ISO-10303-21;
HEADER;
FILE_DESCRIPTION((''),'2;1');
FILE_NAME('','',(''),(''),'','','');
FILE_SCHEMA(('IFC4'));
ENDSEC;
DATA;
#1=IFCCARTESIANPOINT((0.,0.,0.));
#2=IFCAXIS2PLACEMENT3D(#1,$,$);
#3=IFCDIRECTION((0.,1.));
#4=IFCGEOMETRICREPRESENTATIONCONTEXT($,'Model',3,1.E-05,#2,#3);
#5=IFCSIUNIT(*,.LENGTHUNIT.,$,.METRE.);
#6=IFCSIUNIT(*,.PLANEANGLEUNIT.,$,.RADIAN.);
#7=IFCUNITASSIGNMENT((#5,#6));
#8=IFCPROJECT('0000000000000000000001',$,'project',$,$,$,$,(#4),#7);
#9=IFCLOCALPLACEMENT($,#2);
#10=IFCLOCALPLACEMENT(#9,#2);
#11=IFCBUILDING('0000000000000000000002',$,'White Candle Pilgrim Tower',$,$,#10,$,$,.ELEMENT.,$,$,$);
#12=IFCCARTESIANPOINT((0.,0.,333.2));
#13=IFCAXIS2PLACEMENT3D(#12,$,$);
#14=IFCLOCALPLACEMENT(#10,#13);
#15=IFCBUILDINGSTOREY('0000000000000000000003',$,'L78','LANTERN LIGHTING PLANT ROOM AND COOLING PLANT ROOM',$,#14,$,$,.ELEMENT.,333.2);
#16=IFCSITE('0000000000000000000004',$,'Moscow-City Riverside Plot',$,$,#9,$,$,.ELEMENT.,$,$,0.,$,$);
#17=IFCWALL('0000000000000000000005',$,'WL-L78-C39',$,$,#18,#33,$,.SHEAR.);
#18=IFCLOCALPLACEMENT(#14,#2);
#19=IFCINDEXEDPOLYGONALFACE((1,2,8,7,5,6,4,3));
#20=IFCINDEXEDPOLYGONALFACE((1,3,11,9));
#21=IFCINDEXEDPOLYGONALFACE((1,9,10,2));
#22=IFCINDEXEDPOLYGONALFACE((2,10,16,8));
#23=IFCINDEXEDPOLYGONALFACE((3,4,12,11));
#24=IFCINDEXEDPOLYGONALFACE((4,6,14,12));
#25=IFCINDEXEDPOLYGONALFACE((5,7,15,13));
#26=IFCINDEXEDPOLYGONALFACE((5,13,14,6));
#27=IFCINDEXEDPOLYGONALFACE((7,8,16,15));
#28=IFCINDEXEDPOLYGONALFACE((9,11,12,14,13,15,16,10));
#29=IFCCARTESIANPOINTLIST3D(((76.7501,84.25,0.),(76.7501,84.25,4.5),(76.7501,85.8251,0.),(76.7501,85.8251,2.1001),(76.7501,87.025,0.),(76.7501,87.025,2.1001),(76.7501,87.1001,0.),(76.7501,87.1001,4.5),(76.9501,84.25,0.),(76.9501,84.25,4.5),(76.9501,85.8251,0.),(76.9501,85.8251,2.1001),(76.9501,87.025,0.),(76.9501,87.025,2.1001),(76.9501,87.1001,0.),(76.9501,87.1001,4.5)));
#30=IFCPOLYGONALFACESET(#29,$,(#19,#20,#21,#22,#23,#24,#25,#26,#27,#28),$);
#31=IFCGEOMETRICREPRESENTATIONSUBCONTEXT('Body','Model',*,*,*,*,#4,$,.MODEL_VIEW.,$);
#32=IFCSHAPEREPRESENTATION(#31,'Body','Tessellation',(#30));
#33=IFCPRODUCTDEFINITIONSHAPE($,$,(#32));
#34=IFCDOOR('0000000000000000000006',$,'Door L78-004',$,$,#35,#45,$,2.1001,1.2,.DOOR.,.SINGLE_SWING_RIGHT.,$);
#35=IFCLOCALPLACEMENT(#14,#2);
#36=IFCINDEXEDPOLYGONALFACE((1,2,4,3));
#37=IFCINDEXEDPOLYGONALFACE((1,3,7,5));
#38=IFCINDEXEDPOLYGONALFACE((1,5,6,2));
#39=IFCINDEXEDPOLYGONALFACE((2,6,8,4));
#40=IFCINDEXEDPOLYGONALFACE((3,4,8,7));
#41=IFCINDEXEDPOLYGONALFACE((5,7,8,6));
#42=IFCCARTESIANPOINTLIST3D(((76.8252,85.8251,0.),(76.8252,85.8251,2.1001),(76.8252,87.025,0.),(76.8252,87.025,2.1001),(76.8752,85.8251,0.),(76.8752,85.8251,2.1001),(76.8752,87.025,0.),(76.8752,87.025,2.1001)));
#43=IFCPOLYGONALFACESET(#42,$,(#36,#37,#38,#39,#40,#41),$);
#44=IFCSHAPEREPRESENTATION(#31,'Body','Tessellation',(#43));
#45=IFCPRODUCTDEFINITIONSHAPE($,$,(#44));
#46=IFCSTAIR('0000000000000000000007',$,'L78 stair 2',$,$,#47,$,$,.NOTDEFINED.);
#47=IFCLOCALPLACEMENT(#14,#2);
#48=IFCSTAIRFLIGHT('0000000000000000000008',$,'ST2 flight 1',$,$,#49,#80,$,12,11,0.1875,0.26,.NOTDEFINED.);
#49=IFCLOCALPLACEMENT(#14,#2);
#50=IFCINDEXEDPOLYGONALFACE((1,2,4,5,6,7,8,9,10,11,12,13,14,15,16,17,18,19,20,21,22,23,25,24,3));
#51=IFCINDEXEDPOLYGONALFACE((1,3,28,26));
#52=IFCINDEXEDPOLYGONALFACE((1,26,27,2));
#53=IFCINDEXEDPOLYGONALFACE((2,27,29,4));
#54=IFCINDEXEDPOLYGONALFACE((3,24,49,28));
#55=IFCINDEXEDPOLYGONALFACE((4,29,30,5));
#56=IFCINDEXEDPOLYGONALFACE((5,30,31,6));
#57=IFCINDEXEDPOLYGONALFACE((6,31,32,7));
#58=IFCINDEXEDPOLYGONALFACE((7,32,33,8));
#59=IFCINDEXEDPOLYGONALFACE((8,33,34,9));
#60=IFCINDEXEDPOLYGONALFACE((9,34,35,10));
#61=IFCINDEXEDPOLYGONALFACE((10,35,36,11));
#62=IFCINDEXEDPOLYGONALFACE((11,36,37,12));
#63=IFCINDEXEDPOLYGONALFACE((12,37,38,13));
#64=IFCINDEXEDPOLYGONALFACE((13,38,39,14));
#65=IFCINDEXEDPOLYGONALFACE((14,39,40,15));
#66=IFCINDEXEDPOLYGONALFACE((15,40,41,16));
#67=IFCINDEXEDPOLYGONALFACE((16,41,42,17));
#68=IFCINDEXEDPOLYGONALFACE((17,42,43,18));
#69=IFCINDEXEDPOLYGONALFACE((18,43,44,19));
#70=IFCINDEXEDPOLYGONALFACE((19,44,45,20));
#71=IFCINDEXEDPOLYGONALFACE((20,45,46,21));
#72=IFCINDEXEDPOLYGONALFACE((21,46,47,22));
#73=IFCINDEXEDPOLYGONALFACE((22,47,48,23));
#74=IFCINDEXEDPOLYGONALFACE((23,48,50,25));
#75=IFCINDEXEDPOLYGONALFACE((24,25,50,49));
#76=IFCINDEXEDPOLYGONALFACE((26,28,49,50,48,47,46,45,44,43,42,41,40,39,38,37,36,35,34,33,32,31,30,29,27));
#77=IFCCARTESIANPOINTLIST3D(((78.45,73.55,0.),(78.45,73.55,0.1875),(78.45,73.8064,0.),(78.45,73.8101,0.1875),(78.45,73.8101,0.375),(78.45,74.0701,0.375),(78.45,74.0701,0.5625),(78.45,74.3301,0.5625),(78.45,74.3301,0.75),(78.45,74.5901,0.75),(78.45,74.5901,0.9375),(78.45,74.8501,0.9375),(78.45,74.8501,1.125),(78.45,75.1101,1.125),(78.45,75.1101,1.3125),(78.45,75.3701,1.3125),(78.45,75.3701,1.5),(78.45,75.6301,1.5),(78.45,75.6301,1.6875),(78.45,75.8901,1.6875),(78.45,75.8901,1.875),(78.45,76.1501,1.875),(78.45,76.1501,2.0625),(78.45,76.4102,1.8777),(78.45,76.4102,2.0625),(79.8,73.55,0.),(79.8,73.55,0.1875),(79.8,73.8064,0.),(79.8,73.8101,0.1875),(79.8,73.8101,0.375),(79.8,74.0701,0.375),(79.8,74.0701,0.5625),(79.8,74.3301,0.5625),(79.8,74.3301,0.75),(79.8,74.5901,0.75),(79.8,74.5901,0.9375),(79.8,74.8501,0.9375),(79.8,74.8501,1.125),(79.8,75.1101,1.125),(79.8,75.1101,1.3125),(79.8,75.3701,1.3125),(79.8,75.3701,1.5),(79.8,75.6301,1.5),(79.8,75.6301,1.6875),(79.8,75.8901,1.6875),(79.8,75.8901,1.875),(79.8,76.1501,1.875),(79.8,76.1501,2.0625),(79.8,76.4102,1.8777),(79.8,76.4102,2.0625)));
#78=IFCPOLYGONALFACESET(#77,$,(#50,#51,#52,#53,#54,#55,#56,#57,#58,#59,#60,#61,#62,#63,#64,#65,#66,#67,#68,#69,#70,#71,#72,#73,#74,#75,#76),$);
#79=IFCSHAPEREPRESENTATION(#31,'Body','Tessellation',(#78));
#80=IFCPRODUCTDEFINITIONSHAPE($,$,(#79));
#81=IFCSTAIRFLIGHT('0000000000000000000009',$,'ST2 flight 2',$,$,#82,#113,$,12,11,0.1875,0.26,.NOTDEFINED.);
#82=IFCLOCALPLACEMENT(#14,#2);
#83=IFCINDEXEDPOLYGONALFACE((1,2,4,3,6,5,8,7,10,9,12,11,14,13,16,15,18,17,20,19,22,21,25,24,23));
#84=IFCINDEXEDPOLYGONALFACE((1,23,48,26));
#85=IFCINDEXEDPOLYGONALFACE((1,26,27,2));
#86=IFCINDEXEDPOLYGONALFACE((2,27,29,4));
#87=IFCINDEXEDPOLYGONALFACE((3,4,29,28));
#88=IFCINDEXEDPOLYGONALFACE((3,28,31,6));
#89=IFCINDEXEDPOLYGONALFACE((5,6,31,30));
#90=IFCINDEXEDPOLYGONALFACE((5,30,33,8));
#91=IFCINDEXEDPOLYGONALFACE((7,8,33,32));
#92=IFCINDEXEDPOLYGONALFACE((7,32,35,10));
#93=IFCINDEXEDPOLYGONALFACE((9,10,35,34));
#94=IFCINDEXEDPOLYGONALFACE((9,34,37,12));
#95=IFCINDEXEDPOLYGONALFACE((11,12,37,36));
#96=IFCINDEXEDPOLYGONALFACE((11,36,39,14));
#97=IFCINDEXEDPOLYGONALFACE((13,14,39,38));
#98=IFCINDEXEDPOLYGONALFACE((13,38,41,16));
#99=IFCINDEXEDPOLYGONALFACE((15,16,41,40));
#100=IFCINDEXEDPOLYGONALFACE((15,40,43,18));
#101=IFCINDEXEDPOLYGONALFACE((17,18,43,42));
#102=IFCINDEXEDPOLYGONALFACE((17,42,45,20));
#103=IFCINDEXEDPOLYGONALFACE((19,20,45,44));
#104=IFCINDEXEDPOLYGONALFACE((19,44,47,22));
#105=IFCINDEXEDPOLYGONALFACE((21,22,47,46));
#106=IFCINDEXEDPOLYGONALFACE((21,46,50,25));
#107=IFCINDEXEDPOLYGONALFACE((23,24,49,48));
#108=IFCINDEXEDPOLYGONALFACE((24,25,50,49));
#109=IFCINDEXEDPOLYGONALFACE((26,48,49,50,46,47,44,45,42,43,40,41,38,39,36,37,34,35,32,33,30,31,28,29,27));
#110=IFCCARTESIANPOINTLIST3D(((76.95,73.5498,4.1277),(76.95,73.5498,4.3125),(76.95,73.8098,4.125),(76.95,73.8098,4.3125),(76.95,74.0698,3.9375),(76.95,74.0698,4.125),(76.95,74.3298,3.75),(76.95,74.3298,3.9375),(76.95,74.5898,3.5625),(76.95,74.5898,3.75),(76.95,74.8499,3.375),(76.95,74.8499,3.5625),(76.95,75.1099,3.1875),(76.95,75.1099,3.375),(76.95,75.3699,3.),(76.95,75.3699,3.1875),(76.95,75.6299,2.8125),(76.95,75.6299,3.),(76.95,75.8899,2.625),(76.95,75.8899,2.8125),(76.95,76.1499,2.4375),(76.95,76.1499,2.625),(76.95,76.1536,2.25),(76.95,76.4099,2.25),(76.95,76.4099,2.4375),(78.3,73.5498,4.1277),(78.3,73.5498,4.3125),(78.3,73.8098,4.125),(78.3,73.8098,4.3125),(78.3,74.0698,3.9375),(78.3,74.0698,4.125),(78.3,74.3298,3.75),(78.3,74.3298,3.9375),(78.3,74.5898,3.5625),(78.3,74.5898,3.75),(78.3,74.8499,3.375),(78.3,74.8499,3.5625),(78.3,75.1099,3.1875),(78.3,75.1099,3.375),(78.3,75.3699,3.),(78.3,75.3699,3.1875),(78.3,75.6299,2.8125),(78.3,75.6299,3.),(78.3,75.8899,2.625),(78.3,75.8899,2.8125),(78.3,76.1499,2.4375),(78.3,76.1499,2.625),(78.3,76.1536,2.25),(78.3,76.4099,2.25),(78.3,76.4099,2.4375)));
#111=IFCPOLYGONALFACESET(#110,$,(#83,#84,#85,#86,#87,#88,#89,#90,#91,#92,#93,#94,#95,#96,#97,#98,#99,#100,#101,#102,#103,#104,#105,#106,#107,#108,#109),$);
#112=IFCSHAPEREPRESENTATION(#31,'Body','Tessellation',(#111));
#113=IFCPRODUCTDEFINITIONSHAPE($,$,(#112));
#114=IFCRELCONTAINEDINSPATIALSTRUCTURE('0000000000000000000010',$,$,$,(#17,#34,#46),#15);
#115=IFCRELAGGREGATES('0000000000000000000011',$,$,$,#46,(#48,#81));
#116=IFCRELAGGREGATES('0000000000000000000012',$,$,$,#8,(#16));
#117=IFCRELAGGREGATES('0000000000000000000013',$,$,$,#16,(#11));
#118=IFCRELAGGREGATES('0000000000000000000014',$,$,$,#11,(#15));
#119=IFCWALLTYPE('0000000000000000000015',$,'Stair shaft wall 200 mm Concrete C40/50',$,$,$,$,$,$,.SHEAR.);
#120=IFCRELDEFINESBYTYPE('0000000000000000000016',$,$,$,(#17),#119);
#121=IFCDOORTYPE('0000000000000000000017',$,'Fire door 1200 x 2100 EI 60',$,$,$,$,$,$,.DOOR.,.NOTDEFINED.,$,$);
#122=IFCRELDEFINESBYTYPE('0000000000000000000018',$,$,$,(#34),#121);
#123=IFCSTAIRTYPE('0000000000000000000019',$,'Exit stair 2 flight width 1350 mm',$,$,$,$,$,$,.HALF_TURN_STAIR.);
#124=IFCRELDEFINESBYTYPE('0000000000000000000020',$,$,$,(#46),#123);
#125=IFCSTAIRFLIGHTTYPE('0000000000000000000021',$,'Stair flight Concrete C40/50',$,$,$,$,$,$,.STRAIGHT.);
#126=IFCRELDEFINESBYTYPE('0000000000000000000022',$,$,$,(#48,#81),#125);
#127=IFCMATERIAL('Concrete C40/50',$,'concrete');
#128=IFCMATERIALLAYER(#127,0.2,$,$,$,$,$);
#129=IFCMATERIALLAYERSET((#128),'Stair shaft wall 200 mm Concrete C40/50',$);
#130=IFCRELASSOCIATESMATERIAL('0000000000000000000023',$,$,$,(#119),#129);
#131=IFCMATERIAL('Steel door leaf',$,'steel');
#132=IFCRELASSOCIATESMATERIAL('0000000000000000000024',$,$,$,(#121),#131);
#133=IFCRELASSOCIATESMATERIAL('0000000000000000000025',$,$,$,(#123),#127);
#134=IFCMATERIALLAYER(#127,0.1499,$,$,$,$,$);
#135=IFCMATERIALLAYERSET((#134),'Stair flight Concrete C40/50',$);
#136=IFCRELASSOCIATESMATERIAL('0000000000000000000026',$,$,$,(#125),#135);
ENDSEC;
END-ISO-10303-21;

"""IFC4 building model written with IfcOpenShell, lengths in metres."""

from ifc_helpers import new_model, si_unit, direction, frame, frame_2d, origin, place, context, subcontext, project, spatial, polyline, rectangle, outline, extrude, material, layer, layer_set, type_object, element, fill, aggregate, save


model = new_model("IFC4")

# Units and contexts
model_context = context("Model", 3, precision=1e-05, world=origin(), true_north=direction((0.0, 1.0)))
body_context = subcontext(model_context, "Body", "Model", "MODEL_VIEW")
ifc_project = project(units=[si_unit("LENGTHUNIT", "METRE"), si_unit("PLANEANGLEUNIT", "RADIAN")], contexts=[model_context])

# Site, building, storey
site_placement = place(None, origin())
site = spatial("IfcSite", under=ifc_project, at=site_placement, Name="Moscow-City Riverside Plot", CompositionType="ELEMENT", RefElevation=0.0)
building_placement = place(site_placement, origin())
building = spatial("IfcBuilding", under=site, at=building_placement, Name="White Candle Pilgrim Tower", CompositionType="ELEMENT")
storey_placement = place(building_placement, frame((0.0, 0.0, 333.2)))
storey = spatial("IfcBuildingStorey", under=building, at=storey_placement, Name="L78", Description="LANTERN LIGHTING PLANT ROOM AND COOLING PLANT ROOM", CompositionType="ELEMENT", Elevation=333.2)

# Shared definitions
ifc_material_1 = material(Name="Concrete C40/50", Category="concrete")

# Shared definitions
ifc_material_2 = material(Name="Steel door leaf", Category="steel")

# Wall, opening, door
ifc_layer_1 = layer(ifc_material_1, 0.2)
ifc_layer_set_1 = layer_set([ifc_layer_1], Name="Stair shaft wall 200 mm Concrete C40/50")
wall_type_1 = type_object("IfcWallType", Name="Stair shaft wall 200 mm Concrete C40/50", PredefinedType="SHEAR", material=ifc_layer_set_1)
wall_1_placement = place(storey_placement, frame((76.8501, 84.25, 0.0), z_axis=(0.0, 0.0, 1.0), x_axis=(0.0, 1.0, 0.0)))
wall_1 = element("IfcWall", 1, at=wall_1_placement, inside=storey, type_object=wall_type_1, Name="WL-L78-C39", PredefinedType="SHEAR", context=body_context, shape_type="SweptSolid", body=[
    extrude(rectangle(XDim=2.8501, YDim=0.2, at=frame_2d((1.425, 0.0))), origin(), (0.0, 0.0, 1.0), 4.5),
])
opening_1_placement = place(wall_1_placement, frame((1.575, 0.0, 0.0)))
opening_1 = element("IfcOpeningElement", 2, at=opening_1_placement, cuts=wall_1, PredefinedType="OPENING", context=body_context, shape_type="SweptSolid", body=[
    extrude(rectangle(XDim=1.2, YDim=2.1001, at=frame_2d((0.6001, 1.05))), frame((0.0, 0.1099, 0.0), z_axis=(0.0, -1.0, 0.0), x_axis=(1.0, 0.0, 0.0)), (0.0, 0.0, 1.0), 0.22),
])
door_type_1 = type_object("IfcDoorType", Name="Fire door 1200 x 2100 EI 60", OperationType="NOTDEFINED", PredefinedType="DOOR", material=ifc_material_2)
door_1_placement = place(opening_1_placement, origin())
door_1 = element("IfcDoor", 3, at=door_1_placement, inside=storey, type_object=door_type_1, Name="Door L78-004", OperationType="SINGLE_SWING_RIGHT", OverallHeight=2.1001, OverallWidth=1.2, PredefinedType="DOOR", context=body_context, shape_type="SweptSolid", body=[
    extrude(rectangle(XDim=1.2, YDim=2.1001, at=frame_2d((0.6001, 1.05))), frame((0.0, 0.0249, 0.0), z_axis=(0.0, -1.0, 0.0), x_axis=(1.0, 0.0, 0.0)), (0.0, 0.0, 1.0), 0.05),
])
fill(opening_1, door_1)

# Stair, stair flights
stair_type = type_object("IfcStairType", Name="Exit stair 2 flight width 1350 mm", PredefinedType="HALF_TURN_STAIR", material=ifc_material_1)
stair_placement = place(storey_placement, origin())
stair = element("IfcStair", 4, at=stair_placement, inside=storey, type_object=stair_type, Name="L78 stair 2", PredefinedType="NOTDEFINED")
ifc_layer_2 = layer(ifc_material_1, 0.1499)
ifc_layer_set_2 = layer_set([ifc_layer_2], Name="Stair flight Concrete C40/50")
stair_flight_type = type_object("IfcStairFlightType", Name="Stair flight Concrete C40/50", PredefinedType="STRAIGHT", material=ifc_layer_set_2)
stair_flight_1_placement = place(storey_placement, frame((79.125, 73.55, 0.0), z_axis=(0.0, 0.0, 1.0), x_axis=(0.0, 1.0, 0.0)))
stair_flight_1 = element("IfcStairFlight", 5, at=stair_flight_1_placement, type_object=stair_flight_type, Name="ST2 flight 1", NumberOfRisers=12, NumberOfTreads=11, PredefinedType="NOTDEFINED", RiserHeight=0.1875, TreadLength=0.26, context=body_context, shape_type="SweptSolid", body=[
    extrude(outline(polyline([(0.0, 0.0), (0.0, 0.1875), (0.26, 0.1875), (0.26, 0.375), (0.52, 0.375), (0.52, 0.5625), (0.78, 0.5625), (0.78, 0.75), (1.04, 0.75), (1.04, 0.9375), (1.3, 0.9375), (1.3, 1.125), (1.5601, 1.125), (1.5601, 1.3125), (1.8201, 1.3125), (1.8201, 1.5), (2.0801, 1.5), (2.0801, 1.6875), (2.3401, 1.6875), (2.3401, 1.875), (2.6001, 1.875), (2.6001, 2.0625), (2.8601, 2.0625), (2.8601, 2.25), (2.8601, 1.8777), (0.2563, 0.0), (0.0, 0.0)])), frame((0.0, 0.675, 0.0), z_axis=(0.0, -1.0, 0.0), x_axis=(1.0, 0.0, 0.0)), (0.0, 0.0, 1.0), 1.3501),
])
stair_flight_2_placement = place(storey_placement, frame((77.625, 76.4099, 2.25), z_axis=(0.0, 0.0, 1.0), x_axis=(0.0, -1.0, 0.0)))
stair_flight_2 = element("IfcStairFlight", 6, at=stair_flight_2_placement, type_object=stair_flight_type, Name="ST2 flight 2", NumberOfRisers=12, NumberOfTreads=11, PredefinedType="NOTDEFINED", RiserHeight=0.1875, TreadLength=0.26, context=body_context, shape_type="SweptSolid", body=[
    extrude(outline(polyline([(0.0, 0.0), (0.0, 0.1875), (0.26, 0.1875), (0.26, 0.375), (0.52, 0.375), (0.52, 0.5625), (0.78, 0.5625), (0.78, 0.75), (1.04, 0.75), (1.04, 0.9375), (1.3, 0.9375), (1.3, 1.125), (1.5601, 1.125), (1.5601, 1.3125), (1.8201, 1.3125), (1.8201, 1.5), (2.0801, 1.5), (2.0801, 1.6875), (2.3401, 1.6875), (2.3401, 1.875), (2.6001, 1.875), (2.6001, 2.0625), (2.8601, 2.0625), (2.8601, 2.25), (2.8601, 1.8777), (0.2563, 0.0), (0.0, 0.0)])), frame((0.0, 0.675, 0.0), z_axis=(0.0, -1.0, 0.0), x_axis=(1.0, 0.0, 0.0)), (0.0, 0.0, 1.0), 1.3501),
])
aggregate(stair, [stair_flight_1, stair_flight_2])

save(model, "model.ifc")
